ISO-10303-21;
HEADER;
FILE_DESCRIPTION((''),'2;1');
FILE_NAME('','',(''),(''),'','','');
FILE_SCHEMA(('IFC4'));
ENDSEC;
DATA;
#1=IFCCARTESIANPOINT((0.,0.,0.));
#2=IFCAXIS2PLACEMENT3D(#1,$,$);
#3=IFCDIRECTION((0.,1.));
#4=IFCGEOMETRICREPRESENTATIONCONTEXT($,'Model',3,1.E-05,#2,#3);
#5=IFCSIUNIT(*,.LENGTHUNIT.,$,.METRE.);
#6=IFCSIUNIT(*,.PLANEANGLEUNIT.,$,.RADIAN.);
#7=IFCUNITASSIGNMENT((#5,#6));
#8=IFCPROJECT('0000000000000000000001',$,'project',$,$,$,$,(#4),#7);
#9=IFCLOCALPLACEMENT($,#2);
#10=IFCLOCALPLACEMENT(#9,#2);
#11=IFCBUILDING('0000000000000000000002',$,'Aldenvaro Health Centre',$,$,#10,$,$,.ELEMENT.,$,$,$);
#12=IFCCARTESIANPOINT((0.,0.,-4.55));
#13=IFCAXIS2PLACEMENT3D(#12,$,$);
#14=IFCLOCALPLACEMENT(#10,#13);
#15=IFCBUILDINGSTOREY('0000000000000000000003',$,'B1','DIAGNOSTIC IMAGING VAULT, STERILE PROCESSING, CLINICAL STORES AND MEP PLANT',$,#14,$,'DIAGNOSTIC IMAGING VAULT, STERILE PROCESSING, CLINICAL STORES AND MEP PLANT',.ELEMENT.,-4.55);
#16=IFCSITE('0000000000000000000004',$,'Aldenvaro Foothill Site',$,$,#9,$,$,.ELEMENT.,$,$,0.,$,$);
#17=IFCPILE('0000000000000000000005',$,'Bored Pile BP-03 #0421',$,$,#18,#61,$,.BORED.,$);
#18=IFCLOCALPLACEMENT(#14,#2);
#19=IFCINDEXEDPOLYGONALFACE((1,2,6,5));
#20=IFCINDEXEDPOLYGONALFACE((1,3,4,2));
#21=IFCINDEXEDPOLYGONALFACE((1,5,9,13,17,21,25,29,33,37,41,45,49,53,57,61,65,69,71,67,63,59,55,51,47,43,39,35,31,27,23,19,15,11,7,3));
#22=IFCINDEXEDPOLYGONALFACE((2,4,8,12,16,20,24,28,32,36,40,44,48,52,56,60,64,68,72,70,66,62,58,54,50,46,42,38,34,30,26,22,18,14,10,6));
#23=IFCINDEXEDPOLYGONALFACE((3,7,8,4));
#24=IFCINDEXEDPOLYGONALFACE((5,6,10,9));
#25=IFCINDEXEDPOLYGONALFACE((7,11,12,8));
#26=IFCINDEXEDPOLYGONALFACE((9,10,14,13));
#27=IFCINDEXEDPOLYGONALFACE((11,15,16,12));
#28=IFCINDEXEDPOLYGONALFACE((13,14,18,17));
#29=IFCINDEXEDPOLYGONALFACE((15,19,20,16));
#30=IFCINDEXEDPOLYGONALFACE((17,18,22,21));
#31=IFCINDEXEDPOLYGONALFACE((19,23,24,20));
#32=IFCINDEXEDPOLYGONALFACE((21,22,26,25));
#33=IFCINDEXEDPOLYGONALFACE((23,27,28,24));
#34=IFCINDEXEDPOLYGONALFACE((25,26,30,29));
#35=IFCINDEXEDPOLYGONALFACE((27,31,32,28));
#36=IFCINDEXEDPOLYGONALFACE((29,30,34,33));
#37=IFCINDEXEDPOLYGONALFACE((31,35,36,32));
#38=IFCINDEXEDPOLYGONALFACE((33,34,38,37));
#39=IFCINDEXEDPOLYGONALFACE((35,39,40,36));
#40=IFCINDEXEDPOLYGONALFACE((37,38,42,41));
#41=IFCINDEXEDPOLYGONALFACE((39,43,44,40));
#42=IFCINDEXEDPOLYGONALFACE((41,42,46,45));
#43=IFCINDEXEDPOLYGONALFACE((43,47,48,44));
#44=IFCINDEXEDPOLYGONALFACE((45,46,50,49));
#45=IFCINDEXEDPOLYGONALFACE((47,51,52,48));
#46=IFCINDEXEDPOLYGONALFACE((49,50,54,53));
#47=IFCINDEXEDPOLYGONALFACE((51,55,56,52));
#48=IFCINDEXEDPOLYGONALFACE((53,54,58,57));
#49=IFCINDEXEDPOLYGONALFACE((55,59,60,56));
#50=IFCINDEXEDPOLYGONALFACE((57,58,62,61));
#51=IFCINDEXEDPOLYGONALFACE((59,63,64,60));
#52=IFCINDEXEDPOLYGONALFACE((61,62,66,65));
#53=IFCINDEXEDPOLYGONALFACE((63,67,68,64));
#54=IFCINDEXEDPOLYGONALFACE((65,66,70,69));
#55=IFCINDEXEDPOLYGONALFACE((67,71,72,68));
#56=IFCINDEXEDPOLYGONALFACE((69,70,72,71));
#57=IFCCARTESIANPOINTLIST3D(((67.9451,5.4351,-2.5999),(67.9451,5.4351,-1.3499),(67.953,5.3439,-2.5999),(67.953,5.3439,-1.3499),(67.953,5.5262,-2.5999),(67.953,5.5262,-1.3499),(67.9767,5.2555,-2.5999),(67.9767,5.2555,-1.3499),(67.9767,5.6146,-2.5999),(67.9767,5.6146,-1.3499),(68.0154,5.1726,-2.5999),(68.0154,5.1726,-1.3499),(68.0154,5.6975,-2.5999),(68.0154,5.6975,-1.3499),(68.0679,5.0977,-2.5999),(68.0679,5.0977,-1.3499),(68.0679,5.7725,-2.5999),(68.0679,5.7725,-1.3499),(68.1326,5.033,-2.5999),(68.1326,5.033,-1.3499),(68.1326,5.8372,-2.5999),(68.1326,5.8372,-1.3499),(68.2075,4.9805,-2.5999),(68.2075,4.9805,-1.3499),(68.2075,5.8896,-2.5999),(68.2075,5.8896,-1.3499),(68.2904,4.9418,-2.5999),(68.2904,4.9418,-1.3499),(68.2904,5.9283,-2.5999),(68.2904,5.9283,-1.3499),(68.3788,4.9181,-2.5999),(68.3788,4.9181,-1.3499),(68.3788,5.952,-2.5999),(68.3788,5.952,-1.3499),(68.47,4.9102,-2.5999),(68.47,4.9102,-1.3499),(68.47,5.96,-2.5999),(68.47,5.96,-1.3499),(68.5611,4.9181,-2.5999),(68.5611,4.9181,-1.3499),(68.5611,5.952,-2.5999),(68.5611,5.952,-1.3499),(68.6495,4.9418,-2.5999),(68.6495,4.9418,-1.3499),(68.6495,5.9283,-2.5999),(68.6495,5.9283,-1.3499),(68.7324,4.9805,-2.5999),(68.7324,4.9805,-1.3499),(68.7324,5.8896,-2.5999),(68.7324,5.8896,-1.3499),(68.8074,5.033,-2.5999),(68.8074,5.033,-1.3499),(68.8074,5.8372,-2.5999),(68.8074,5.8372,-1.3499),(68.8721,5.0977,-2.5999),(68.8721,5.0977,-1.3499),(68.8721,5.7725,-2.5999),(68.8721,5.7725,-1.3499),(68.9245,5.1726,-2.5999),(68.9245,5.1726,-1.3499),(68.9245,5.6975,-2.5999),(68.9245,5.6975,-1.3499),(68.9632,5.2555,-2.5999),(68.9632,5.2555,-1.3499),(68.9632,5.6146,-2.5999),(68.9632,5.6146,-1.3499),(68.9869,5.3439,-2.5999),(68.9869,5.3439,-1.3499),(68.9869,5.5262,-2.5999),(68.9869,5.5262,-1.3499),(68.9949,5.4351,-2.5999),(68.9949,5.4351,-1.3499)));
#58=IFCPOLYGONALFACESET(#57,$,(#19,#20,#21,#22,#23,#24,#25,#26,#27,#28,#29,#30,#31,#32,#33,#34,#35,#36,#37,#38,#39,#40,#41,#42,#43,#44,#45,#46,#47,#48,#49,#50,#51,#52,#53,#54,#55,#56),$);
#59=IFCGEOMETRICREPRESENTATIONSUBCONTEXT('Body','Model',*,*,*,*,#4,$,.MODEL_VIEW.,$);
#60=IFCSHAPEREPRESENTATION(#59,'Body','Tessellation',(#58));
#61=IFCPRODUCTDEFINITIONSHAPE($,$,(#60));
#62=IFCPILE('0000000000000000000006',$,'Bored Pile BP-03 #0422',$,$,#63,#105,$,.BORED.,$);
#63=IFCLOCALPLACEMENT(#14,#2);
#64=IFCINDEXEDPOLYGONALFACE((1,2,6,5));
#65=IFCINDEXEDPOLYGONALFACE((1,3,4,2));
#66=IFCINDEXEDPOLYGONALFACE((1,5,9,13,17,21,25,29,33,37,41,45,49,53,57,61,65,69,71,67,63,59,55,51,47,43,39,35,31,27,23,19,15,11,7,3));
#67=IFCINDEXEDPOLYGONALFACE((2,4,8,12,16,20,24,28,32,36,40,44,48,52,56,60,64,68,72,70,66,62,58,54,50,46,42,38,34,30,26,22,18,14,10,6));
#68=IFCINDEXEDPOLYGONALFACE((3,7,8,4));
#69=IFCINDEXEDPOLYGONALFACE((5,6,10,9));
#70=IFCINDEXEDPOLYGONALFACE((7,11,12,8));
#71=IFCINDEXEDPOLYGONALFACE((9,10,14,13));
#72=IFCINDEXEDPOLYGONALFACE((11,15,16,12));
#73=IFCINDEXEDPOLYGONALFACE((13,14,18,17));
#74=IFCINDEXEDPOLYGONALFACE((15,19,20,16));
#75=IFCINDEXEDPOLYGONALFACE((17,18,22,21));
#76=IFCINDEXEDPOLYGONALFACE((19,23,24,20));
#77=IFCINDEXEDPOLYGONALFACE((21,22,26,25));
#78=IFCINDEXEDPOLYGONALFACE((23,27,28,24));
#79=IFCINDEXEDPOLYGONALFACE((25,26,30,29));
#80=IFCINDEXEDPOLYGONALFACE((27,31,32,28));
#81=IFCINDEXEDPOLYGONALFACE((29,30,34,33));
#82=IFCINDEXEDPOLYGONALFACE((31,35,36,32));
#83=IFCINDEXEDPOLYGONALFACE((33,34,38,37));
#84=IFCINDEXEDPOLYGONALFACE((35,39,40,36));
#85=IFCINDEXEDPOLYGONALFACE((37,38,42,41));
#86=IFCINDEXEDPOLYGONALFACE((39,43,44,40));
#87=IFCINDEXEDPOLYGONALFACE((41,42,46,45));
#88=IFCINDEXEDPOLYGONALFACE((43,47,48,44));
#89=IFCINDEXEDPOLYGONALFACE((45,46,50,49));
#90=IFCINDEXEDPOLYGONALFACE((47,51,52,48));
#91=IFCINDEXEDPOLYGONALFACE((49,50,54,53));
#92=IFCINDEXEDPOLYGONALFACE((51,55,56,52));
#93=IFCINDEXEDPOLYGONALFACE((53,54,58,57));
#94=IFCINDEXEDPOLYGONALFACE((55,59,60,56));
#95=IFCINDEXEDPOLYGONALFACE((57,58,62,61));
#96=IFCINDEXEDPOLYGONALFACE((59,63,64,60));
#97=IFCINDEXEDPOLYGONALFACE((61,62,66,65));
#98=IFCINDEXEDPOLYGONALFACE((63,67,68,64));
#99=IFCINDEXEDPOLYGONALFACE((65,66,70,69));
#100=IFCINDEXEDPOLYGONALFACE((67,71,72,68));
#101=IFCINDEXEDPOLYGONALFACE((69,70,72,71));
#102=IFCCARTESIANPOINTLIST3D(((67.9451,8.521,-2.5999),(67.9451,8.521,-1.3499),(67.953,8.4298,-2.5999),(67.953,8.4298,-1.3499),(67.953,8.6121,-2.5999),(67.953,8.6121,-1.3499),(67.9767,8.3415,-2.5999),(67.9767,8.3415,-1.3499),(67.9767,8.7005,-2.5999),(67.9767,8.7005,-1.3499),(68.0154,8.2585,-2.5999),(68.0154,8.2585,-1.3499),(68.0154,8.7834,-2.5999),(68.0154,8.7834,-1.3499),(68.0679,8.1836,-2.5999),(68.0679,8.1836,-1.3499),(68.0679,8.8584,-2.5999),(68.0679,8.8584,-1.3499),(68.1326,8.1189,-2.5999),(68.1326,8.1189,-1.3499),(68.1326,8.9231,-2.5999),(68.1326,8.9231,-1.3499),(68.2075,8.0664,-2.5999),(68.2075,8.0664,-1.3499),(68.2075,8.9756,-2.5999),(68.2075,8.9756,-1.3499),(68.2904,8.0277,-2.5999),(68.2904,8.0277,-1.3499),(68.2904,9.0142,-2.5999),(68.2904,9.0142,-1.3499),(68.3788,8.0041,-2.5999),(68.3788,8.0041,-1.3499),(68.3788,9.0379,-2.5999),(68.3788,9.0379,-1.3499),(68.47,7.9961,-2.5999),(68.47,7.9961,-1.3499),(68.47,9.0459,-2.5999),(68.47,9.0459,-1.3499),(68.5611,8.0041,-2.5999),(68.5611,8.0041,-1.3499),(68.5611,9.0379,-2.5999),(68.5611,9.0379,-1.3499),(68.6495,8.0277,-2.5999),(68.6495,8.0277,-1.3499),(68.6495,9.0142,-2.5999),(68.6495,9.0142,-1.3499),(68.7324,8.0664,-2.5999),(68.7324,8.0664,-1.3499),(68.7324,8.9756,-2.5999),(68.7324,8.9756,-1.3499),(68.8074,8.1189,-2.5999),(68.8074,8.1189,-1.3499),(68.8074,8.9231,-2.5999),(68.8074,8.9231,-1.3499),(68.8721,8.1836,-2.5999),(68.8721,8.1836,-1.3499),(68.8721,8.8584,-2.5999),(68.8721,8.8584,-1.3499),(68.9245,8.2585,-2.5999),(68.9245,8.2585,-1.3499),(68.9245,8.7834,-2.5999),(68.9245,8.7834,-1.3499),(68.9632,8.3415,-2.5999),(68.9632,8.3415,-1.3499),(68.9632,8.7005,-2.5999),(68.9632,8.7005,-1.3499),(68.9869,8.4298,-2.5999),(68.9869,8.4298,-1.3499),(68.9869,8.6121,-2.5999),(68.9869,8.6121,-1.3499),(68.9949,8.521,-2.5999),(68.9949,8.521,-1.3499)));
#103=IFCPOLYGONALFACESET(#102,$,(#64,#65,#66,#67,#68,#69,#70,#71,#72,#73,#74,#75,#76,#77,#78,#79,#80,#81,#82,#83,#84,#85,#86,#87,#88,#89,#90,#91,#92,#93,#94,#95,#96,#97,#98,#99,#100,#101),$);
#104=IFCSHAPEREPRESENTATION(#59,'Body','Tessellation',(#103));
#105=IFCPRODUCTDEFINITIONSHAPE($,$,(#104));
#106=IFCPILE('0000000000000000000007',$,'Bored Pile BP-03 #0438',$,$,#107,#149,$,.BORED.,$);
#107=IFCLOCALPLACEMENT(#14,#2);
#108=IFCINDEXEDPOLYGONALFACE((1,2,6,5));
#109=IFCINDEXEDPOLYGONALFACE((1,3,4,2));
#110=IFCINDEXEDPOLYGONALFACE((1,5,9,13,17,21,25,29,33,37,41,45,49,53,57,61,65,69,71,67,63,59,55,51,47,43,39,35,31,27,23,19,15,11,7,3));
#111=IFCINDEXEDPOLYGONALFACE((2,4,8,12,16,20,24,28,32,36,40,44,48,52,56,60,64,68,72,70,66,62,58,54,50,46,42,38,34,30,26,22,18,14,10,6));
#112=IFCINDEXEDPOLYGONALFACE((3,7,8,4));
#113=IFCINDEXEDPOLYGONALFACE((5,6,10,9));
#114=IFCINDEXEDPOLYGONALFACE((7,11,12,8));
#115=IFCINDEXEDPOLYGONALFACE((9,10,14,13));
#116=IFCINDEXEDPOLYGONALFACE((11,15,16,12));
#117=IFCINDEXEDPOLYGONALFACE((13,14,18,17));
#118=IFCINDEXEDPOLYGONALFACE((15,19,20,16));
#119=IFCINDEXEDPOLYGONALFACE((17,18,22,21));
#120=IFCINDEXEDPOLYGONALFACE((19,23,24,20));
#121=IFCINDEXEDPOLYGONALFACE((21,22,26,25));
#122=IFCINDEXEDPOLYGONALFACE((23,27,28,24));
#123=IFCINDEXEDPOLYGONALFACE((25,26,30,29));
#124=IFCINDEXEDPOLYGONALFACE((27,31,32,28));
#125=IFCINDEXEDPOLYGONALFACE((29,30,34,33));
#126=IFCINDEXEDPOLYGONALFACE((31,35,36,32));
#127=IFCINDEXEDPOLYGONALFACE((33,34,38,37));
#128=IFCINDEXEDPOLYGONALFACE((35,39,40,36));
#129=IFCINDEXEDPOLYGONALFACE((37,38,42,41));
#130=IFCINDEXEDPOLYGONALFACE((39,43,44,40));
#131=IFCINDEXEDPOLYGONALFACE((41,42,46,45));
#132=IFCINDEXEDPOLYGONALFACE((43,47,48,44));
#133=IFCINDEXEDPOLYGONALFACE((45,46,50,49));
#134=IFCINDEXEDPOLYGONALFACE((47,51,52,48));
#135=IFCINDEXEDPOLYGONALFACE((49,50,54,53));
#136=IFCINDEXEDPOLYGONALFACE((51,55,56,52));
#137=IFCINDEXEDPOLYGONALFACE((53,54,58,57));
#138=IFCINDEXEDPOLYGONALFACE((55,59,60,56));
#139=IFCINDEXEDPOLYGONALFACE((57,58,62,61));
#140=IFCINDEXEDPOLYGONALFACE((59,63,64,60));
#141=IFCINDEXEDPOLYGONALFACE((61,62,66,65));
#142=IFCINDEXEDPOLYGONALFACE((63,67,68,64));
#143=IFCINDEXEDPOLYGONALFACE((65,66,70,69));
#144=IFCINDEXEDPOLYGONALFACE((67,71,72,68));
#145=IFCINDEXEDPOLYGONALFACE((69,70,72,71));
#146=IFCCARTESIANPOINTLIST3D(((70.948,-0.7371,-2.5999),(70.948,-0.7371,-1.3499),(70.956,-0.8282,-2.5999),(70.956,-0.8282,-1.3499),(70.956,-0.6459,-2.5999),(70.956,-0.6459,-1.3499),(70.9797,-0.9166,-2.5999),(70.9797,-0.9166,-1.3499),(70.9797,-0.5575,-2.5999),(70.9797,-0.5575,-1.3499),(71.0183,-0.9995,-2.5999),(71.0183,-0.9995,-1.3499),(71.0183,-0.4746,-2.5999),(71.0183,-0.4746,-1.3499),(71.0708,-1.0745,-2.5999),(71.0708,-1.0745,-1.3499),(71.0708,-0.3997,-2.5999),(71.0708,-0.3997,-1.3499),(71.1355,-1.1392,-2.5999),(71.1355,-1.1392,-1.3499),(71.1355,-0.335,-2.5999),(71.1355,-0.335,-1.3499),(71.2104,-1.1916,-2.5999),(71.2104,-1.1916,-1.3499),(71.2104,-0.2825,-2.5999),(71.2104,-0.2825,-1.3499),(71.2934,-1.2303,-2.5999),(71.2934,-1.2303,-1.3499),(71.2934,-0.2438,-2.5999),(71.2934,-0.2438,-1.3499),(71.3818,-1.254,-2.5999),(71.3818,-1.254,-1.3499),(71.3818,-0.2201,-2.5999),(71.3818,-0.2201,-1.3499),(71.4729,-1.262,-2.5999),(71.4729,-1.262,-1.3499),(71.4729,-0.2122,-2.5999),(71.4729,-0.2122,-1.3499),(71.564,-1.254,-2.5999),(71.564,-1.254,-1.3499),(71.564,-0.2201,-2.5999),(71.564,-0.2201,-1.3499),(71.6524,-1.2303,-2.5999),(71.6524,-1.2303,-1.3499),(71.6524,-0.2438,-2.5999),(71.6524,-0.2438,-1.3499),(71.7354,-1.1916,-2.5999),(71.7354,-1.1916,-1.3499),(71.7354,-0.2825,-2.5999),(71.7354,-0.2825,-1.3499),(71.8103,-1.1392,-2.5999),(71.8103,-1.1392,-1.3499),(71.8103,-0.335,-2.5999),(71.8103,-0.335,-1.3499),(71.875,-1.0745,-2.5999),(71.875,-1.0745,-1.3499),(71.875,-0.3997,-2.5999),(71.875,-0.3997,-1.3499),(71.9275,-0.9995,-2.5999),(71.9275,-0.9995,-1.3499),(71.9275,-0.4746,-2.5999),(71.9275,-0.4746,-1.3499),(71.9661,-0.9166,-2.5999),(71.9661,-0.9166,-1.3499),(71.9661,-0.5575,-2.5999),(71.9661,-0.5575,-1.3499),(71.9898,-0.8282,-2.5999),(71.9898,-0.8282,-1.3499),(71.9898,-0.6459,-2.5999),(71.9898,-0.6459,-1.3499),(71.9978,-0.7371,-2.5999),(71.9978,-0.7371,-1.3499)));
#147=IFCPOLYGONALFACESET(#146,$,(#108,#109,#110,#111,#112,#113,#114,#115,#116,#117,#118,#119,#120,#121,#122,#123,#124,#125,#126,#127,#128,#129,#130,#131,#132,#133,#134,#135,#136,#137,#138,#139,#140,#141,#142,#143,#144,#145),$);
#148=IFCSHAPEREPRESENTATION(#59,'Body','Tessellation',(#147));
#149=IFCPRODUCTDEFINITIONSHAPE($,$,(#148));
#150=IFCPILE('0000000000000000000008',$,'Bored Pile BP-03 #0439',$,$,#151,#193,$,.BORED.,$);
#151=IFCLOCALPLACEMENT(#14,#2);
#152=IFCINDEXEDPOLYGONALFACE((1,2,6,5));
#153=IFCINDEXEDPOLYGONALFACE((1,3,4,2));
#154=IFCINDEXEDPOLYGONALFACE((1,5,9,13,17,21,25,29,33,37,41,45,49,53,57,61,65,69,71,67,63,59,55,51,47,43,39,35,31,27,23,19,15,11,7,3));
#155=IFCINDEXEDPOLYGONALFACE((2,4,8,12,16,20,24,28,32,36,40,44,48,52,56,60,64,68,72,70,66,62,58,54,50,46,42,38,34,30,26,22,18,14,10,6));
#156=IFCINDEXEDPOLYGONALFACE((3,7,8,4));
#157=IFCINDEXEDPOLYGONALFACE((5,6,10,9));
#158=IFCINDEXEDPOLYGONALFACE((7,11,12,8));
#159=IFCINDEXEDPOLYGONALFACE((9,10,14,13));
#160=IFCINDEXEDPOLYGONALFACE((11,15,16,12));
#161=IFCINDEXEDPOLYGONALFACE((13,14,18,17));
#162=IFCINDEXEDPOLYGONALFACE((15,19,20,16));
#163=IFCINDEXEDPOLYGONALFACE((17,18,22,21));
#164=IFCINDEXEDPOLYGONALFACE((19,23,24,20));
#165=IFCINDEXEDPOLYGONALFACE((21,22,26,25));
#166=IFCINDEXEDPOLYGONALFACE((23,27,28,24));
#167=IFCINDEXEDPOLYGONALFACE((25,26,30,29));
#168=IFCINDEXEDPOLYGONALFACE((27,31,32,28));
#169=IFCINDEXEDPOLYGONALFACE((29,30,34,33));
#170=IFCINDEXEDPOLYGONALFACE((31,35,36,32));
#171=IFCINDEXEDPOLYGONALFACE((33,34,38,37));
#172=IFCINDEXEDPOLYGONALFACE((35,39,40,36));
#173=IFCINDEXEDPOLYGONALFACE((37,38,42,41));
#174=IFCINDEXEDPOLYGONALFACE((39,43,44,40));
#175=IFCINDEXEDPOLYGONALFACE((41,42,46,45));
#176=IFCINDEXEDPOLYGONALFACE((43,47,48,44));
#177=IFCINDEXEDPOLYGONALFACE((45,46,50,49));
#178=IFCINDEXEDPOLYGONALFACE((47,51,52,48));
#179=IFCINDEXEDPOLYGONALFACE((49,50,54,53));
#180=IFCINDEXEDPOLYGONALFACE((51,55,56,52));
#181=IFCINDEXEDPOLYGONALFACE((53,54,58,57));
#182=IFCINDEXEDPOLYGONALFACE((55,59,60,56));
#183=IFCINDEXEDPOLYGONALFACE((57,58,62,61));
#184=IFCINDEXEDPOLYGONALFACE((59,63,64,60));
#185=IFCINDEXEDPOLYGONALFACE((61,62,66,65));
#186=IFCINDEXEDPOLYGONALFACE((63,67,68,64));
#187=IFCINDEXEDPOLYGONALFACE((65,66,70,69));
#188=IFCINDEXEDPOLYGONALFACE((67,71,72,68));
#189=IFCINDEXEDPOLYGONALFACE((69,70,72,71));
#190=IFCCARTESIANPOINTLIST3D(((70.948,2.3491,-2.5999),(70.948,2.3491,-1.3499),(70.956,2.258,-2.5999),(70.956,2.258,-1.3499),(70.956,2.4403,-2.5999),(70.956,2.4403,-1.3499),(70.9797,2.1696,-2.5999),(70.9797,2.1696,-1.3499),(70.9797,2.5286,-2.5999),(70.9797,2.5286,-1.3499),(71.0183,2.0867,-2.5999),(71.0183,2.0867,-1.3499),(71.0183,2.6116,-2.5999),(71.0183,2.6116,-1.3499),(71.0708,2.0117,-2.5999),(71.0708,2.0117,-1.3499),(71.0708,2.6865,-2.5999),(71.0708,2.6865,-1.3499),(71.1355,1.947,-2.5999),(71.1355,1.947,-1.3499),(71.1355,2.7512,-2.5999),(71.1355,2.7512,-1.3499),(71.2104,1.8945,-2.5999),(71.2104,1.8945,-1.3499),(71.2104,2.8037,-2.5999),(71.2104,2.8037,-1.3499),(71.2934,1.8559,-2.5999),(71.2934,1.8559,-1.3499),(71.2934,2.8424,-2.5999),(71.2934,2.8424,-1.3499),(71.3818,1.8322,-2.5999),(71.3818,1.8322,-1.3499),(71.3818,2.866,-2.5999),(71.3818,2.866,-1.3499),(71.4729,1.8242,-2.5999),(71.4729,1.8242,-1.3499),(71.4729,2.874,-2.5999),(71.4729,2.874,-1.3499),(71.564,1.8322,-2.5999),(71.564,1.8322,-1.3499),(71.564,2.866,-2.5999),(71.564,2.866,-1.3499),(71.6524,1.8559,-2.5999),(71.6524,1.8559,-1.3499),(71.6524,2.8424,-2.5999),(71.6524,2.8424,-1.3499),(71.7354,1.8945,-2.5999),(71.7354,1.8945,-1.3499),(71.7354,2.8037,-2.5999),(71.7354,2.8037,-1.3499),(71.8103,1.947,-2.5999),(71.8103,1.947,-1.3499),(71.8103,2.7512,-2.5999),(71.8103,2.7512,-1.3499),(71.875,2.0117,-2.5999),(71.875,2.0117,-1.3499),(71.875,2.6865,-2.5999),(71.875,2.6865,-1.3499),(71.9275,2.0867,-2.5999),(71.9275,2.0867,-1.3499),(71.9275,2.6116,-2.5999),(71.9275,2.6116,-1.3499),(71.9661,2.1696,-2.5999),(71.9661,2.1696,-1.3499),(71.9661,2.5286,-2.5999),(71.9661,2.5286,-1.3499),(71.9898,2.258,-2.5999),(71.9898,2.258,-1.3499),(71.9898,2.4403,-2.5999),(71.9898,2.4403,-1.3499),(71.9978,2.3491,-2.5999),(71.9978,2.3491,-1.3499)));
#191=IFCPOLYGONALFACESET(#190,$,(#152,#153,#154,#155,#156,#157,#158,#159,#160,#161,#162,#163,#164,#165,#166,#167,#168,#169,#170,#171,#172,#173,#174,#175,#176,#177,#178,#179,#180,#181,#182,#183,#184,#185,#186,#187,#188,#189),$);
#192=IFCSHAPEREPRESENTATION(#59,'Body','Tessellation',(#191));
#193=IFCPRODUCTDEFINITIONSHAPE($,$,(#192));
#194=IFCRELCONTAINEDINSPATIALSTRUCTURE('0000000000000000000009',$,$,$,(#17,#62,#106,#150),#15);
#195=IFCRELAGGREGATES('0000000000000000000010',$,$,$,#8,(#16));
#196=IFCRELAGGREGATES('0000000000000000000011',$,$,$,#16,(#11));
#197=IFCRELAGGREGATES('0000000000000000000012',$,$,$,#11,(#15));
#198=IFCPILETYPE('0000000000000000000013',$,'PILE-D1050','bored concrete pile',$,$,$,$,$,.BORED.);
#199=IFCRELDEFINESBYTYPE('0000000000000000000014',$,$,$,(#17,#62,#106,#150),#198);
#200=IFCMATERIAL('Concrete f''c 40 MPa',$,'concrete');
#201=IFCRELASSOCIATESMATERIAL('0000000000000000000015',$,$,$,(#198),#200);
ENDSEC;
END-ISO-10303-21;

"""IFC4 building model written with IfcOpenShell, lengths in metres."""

from ifc_helpers import new_model, si_unit, direction, frame, origin, origin_2d, place, context, subcontext, project, spatial, circle, extrude, material, material_profile, profile_set, type_object, element, save


model = new_model("IFC4")

# Units and contexts
model_context = context("Model", 3, precision=1e-05, world=origin(), true_north=direction((0.0, 1.0)))
body_context = subcontext(model_context, "Body", "Model", "MODEL_VIEW")
ifc_project = project(units=[si_unit("LENGTHUNIT", "METRE"), si_unit("PLANEANGLEUNIT", "RADIAN")], contexts=[model_context])

# Site, building, storey
site_placement = place(None, origin())
site = spatial("IfcSite", under=ifc_project, at=site_placement, Name="Aldenvaro Foothill Site", CompositionType="ELEMENT", RefElevation=0.0)
building_placement = place(site_placement, origin())
building = spatial("IfcBuilding", under=site, at=building_placement, Name="Aldenvaro Health Centre", CompositionType="ELEMENT")
storey_placement = place(building_placement, frame((0.0, 0.0, -4.55)))
storey = spatial("IfcBuildingStorey", under=building, at=storey_placement, Name="B1", Description="DIAGNOSTIC IMAGING VAULT, STERILE PROCESSING, CLINICAL STORES AND MEP PLANT", LongName="DIAGNOSTIC IMAGING VAULT, STERILE PROCESSING, CLINICAL STORES AND MEP PLANT", CompositionType="ELEMENT", Elevation=-4.55)

# Piles
ifc_material_1 = material(Name="Concrete f'c 40 MPa", Category="concrete")
ifc_material_profile_1 = material_profile(ifc_material_1, circle(Radius=0.5249, at=origin_2d()), Name="PILE D1050", Category="concrete")
ifc_profile_set_1 = profile_set([ifc_material_profile_1], Name="Concrete f'c 40 MPa")
pile_type = type_object("IfcPileType", Name="PILE-D1050", Description="bored concrete pile", PredefinedType="BORED", material=ifc_profile_set_1)
for number, where, z_axis, x_axis, name in (
    (1, (68.47, 5.4351, -1.3499), (0.0, 0.0, -1.0), (1.0, 0.0, 0.0), "Bored Pile BP-03 #0421"),
    (2, (68.47, 8.521, -1.3499), (0.0, 0.0, -1.0), (1.0, 0.0, 0.0), "Bored Pile BP-03 #0422"),
    (3, (71.4729, -0.7371, -1.3499), (0.0, 0.0, -1.0), (1.0, 0.0, 0.0), "Bored Pile BP-03 #0438"),
    (4, (71.4729, 2.3491, -1.3499), (0.0, 0.0, -1.0), (1.0, 0.0, 0.0), "Bored Pile BP-03 #0439"),
):
    element("IfcPile", number, at=place(storey_placement, frame(where, z_axis=z_axis, x_axis=x_axis)), inside=storey, type_object=pile_type, Name=name, PredefinedType="BORED", context=body_context, shape_type="SweptSolid", body=[
        extrude(circle(Radius=0.5249, at=origin_2d()), origin(), (0.0, 0.0, 1.0), 1.25),
    ])

save(model, "model.ifc")
